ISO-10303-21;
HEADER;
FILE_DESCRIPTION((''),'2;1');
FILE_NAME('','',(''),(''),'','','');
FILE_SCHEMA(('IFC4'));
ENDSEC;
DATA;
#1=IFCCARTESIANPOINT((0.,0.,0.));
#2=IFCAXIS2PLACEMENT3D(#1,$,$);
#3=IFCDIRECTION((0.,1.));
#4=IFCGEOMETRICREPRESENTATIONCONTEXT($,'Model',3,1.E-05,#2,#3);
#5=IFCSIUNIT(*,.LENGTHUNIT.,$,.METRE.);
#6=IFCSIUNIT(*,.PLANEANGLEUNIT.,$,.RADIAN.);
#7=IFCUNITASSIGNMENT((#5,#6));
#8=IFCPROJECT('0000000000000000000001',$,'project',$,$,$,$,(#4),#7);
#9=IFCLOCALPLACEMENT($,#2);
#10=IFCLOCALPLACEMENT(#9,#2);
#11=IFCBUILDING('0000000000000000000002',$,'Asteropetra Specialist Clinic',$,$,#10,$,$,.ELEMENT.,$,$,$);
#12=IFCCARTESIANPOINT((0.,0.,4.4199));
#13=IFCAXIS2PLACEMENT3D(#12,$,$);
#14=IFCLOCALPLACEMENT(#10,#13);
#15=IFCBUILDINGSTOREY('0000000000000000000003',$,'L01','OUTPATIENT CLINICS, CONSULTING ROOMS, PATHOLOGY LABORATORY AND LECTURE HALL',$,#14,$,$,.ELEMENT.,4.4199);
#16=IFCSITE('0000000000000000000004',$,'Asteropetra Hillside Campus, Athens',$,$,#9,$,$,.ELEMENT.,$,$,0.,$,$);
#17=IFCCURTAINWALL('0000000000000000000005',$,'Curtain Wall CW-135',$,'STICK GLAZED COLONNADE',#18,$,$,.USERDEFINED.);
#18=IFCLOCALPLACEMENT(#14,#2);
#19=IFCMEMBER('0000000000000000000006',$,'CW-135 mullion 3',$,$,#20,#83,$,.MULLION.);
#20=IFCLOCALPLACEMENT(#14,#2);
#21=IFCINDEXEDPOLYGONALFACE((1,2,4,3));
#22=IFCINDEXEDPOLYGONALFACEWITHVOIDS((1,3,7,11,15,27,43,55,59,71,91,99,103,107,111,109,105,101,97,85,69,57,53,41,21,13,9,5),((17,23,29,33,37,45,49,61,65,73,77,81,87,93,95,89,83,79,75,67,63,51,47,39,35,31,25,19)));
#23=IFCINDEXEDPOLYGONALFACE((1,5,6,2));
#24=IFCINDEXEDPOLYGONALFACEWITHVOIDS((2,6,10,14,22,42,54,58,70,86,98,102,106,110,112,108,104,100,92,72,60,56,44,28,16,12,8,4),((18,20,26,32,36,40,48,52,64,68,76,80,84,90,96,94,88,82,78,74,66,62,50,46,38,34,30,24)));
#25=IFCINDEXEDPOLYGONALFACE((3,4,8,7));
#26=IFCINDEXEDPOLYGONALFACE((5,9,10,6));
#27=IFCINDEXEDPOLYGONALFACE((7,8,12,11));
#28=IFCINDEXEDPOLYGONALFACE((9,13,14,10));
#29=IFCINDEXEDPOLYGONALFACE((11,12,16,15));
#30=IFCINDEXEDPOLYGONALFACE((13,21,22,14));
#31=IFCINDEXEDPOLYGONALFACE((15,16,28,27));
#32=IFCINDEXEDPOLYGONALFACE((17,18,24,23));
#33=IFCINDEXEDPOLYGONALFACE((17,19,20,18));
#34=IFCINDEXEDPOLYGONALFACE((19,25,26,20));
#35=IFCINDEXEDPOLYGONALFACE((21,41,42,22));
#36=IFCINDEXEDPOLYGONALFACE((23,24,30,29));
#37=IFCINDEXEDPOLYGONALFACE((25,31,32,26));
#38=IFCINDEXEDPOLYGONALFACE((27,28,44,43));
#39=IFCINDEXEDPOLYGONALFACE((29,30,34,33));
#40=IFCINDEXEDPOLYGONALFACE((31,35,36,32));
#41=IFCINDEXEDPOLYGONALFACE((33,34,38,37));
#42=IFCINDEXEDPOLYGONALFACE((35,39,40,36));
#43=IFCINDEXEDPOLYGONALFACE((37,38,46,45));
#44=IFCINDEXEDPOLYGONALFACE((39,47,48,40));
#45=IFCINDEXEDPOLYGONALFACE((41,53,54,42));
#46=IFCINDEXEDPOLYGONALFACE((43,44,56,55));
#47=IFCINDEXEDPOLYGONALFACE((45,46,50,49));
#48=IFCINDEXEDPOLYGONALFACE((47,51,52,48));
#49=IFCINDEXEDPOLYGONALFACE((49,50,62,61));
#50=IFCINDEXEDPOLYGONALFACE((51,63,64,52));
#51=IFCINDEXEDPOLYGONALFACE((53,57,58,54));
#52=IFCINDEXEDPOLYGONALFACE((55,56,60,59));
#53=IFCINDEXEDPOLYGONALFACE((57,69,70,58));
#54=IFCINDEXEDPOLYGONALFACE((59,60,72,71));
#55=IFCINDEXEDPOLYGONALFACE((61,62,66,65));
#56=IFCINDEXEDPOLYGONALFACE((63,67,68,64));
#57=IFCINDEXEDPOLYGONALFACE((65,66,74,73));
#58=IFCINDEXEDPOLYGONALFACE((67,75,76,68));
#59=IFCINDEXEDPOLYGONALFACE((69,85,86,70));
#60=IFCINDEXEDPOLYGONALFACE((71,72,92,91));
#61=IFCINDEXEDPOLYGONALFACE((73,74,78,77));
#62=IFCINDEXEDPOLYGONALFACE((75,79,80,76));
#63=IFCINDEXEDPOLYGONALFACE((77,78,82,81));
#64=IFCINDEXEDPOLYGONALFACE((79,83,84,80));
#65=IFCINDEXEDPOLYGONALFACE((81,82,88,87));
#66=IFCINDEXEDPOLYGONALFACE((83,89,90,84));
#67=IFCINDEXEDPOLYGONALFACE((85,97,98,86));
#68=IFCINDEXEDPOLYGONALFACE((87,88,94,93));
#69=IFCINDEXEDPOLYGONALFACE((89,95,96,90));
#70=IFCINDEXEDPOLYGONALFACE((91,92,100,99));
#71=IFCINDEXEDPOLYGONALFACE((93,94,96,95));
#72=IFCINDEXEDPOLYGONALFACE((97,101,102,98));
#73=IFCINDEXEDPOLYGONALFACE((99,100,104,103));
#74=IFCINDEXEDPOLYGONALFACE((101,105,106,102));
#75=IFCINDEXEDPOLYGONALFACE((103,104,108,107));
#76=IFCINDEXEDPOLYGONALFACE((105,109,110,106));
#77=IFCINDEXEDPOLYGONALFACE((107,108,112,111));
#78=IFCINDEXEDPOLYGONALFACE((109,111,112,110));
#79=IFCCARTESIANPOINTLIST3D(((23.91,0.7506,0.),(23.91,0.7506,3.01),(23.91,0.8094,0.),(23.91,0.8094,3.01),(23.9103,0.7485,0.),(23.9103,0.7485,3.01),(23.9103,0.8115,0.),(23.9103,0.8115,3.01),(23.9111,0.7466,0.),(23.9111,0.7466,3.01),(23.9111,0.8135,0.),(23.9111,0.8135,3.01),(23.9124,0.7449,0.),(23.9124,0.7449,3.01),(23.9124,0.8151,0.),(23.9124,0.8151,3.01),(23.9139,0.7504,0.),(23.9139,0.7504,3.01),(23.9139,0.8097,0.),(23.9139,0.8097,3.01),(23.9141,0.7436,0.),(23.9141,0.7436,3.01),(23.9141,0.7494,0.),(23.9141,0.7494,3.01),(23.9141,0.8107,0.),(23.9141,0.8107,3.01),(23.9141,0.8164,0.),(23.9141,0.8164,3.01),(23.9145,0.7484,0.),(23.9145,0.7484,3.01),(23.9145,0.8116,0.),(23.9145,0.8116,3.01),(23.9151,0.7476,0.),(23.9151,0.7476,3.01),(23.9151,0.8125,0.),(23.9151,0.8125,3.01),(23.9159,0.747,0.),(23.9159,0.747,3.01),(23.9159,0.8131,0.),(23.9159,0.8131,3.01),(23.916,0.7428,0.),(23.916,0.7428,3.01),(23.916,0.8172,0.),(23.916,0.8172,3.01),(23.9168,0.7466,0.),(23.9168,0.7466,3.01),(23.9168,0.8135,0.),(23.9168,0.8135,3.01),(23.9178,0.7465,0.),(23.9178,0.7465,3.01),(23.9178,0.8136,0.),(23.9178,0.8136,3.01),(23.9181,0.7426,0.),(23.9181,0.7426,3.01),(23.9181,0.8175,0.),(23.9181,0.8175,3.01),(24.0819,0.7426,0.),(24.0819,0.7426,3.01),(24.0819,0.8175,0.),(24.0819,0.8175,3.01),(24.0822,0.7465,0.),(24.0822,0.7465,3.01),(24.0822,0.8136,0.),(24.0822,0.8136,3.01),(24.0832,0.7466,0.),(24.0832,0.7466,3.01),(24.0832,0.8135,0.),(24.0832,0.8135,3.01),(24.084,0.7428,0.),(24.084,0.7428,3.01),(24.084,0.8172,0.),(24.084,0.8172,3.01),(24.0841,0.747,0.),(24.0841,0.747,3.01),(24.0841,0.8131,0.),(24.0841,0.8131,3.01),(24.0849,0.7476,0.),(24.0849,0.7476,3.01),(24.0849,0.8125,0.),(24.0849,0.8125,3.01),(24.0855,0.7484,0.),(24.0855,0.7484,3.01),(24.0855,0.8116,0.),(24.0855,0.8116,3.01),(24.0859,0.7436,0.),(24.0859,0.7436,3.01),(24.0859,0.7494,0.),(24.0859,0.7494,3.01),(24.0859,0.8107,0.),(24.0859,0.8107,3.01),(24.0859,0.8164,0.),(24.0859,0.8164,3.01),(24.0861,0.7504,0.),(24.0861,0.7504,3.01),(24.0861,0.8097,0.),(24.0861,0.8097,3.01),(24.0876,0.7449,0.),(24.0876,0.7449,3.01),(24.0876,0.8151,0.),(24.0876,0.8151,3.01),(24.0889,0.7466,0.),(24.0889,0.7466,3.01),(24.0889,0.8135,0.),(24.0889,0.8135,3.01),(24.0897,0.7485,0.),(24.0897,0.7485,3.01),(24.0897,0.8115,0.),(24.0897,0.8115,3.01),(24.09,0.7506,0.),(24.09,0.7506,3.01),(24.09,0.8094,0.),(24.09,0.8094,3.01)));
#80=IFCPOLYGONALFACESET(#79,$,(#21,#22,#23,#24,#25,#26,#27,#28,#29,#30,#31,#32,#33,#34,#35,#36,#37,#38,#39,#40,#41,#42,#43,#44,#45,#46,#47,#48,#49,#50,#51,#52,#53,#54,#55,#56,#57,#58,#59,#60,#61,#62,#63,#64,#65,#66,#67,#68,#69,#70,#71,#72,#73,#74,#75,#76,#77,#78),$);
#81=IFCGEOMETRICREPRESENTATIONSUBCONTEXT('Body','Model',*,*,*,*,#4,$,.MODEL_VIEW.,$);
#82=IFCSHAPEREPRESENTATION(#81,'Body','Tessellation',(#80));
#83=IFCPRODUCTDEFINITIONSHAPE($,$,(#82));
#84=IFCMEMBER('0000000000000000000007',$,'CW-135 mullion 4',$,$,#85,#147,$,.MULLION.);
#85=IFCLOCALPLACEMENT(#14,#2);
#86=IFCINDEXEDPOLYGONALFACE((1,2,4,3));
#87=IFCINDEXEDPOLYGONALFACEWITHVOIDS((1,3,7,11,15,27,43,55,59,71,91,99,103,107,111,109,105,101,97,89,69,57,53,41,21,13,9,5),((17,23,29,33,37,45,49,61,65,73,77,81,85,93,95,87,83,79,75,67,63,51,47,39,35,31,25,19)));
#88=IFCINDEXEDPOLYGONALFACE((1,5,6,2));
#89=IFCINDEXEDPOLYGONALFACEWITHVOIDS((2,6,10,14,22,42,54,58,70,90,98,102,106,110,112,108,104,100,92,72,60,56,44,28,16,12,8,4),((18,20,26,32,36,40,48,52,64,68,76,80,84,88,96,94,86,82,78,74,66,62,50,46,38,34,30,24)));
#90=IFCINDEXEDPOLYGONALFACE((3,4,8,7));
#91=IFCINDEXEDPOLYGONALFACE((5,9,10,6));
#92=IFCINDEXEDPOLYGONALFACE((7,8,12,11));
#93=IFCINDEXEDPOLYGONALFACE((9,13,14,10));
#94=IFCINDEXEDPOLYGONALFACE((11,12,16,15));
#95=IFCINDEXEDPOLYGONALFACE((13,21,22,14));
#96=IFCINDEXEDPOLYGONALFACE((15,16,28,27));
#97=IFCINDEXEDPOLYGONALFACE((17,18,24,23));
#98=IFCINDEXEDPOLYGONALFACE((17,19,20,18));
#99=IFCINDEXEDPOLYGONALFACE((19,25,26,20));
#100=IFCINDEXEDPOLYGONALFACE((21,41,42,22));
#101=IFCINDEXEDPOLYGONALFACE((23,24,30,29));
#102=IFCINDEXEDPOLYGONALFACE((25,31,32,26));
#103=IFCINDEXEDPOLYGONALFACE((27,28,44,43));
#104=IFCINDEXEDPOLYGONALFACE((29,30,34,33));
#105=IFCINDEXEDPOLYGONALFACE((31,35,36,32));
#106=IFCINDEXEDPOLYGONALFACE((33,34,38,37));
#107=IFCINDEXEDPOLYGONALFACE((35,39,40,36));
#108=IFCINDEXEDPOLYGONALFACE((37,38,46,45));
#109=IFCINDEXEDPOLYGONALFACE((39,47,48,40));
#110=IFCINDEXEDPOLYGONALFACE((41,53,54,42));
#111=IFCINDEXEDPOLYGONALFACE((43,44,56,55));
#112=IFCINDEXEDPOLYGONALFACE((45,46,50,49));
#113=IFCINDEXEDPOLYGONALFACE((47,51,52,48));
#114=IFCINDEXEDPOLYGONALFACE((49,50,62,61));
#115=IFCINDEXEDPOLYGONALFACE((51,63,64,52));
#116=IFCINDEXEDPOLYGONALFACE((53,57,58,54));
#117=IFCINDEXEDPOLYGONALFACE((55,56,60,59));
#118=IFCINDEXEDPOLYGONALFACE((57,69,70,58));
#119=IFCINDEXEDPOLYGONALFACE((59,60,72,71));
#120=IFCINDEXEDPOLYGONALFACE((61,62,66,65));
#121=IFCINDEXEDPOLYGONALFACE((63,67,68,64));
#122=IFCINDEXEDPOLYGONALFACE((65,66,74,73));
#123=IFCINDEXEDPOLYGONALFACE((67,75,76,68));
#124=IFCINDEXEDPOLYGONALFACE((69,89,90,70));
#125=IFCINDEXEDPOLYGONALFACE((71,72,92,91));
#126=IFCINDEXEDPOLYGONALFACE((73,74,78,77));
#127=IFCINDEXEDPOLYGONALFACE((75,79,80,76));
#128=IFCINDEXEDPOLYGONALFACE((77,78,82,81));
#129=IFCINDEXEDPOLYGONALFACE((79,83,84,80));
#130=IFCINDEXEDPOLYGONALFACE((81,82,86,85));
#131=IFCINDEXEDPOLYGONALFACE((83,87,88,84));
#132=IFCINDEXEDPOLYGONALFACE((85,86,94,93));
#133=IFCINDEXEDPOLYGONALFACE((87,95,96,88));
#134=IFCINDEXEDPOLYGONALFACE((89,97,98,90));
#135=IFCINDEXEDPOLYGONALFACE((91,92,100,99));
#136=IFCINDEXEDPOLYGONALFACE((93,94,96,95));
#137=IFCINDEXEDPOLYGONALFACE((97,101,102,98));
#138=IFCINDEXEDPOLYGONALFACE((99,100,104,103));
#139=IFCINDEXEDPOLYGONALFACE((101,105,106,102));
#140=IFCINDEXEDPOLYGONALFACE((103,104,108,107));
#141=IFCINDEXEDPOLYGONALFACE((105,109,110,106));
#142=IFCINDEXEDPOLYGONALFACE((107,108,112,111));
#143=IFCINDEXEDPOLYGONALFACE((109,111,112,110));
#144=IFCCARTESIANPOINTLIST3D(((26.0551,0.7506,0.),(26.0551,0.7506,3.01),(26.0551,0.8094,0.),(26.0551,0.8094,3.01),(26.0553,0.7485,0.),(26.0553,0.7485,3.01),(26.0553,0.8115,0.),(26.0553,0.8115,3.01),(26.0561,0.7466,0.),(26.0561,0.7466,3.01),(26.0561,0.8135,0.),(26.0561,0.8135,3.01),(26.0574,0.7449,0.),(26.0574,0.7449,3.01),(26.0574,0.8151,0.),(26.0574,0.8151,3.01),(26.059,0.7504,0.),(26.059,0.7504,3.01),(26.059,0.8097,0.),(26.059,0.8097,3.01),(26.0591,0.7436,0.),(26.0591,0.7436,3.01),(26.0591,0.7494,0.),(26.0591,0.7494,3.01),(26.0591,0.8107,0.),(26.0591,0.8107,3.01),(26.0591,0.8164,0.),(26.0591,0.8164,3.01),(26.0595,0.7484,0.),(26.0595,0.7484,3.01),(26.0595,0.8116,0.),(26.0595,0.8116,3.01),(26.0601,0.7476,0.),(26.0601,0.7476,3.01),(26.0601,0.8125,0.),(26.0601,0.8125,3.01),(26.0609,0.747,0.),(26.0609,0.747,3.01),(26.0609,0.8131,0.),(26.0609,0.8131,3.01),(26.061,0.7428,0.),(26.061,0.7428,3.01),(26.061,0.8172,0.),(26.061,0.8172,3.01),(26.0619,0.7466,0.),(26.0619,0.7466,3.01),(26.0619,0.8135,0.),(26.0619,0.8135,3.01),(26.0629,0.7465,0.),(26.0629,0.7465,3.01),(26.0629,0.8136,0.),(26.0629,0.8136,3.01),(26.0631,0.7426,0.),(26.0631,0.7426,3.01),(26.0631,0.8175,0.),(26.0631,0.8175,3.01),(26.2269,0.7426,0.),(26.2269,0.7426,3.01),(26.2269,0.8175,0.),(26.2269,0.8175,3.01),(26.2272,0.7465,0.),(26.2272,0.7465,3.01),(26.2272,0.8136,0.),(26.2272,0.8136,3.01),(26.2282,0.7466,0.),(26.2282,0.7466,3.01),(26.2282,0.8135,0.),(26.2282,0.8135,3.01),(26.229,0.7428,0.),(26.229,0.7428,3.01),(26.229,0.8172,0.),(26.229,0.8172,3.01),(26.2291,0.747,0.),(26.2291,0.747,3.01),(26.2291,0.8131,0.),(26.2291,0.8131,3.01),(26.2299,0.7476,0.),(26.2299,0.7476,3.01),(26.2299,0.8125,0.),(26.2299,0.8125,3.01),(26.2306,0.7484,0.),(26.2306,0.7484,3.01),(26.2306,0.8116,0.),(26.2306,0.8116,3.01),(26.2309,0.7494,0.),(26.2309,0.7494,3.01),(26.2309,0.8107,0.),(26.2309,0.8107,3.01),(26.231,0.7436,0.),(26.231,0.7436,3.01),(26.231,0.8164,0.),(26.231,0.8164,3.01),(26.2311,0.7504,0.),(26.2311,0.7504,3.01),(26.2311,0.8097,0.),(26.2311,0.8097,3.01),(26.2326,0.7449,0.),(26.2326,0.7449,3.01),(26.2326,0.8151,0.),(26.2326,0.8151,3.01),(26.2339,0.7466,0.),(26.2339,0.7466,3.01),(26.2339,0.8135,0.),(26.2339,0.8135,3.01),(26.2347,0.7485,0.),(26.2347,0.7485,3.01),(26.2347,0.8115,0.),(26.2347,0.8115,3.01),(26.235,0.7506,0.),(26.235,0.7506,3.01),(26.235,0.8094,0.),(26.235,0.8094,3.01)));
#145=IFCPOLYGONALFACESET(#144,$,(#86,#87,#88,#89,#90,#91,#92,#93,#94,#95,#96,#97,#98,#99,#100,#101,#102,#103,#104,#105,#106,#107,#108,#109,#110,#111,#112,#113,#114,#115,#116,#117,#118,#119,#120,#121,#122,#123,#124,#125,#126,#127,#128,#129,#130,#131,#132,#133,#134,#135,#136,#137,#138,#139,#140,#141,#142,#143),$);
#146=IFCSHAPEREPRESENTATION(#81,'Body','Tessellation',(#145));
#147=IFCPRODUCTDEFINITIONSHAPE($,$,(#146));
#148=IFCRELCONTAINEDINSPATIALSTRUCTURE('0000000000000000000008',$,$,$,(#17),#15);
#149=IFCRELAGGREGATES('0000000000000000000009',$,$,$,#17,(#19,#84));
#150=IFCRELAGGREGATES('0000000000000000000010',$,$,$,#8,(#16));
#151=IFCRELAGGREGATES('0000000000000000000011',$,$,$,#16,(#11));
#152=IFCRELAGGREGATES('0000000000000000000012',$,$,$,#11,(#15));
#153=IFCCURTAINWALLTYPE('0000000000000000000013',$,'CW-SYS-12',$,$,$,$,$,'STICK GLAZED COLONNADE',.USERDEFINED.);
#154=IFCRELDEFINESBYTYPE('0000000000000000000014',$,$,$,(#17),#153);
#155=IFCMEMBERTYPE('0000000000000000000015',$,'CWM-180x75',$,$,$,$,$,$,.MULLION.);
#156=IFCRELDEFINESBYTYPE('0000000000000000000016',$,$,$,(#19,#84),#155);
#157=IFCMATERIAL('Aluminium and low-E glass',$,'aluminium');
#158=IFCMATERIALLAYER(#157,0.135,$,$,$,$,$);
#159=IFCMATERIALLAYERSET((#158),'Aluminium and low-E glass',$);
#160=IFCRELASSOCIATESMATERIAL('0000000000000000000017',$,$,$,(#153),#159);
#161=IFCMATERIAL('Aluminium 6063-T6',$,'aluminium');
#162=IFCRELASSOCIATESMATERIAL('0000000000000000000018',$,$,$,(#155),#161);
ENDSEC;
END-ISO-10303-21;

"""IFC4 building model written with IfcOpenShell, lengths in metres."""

from ifc_helpers import new_model, si_unit, direction, frame, origin, origin_2d, place, context, subcontext, project, spatial, hollow_rectangle, extrude, material, layer, layer_set, material_profile, profile_set, type_object, element, aggregate, save


model = new_model("IFC4")

# Units and contexts
model_context = context("Model", 3, precision=1e-05, world=origin(), true_north=direction((0.0, 1.0)))
body_context = subcontext(model_context, "Body", "Model", "MODEL_VIEW")
ifc_project = project(units=[si_unit("LENGTHUNIT", "METRE"), si_unit("PLANEANGLEUNIT", "RADIAN")], contexts=[model_context])

# Site, building, storey
site_placement = place(None, origin())
site = spatial("IfcSite", under=ifc_project, at=site_placement, Name="Asteropetra Hillside Campus, Athens", CompositionType="ELEMENT", RefElevation=0.0)
building_placement = place(site_placement, origin())
building = spatial("IfcBuilding", under=site, at=building_placement, Name="Asteropetra Specialist Clinic", CompositionType="ELEMENT")
storey_placement = place(building_placement, frame((0.0, 0.0, 4.4199)))
storey = spatial("IfcBuildingStorey", under=building, at=storey_placement, Name="L01", Description="OUTPATIENT CLINICS, CONSULTING ROOMS, PATHOLOGY LABORATORY AND LECTURE HALL", CompositionType="ELEMENT", Elevation=4.4199)

# Curtain wall, members
ifc_material_1 = material(Name="Aluminium and low-E glass", Category="aluminium")
ifc_layer_1 = layer(ifc_material_1, 0.135)
ifc_layer_set_1 = layer_set([ifc_layer_1], Name="Aluminium and low-E glass")
curtain_wall_type = type_object("IfcCurtainWallType", Name="CW-SYS-12", ElementType="STICK GLAZED COLONNADE", PredefinedType="USERDEFINED", material=ifc_layer_set_1)
curtain_wall_placement = place(storey_placement, origin())
curtain_wall = element("IfcCurtainWall", 1, at=curtain_wall_placement, inside=storey, type_object=curtain_wall_type, Name="Curtain Wall CW-135", ObjectType="STICK GLAZED COLONNADE", PredefinedType="USERDEFINED")
ifc_material_2 = material(Name="Aluminium 6063-T6", Category="aluminium")
ifc_material_profile_1 = material_profile(ifc_material_2, hollow_rectangle(XDim=0.075, YDim=0.1799, WallThickness=0.0039, InnerFilletRadius=0.0039, OuterFilletRadius=0.0081, at=origin_2d()), Name="MUL 180x75x4.0")
ifc_profile_set_1 = profile_set([ifc_material_profile_1], Name="Aluminium 6063-T6")
member_type_1 = type_object("IfcMemberType", Name="CWM-180x75", PredefinedType="MULLION", material=ifc_profile_set_1)
member_1_placement = place(storey_placement, frame((24.0, 0.78, 0.0), z_axis=(0.0, 0.0, 1.0), x_axis=(0.0, 1.0, 0.0)))
member_1 = element("IfcMember", 2, at=member_1_placement, type_object=member_type_1, Name="CW-135 mullion 3", PredefinedType="MULLION", context=body_context, shape_type="SweptSolid", body=[
    extrude(hollow_rectangle(XDim=0.075, YDim=0.1799, WallThickness=0.0039, InnerFilletRadius=0.0039, OuterFilletRadius=0.0081, at=origin_2d()), origin(), (0.0, 0.0, 1.0), 3.01),
])
member_2_placement = place(storey_placement, frame((26.145, 0.78, 0.0), z_axis=(0.0, 0.0, 1.0), x_axis=(0.0, 1.0, 0.0)))
member_2 = element("IfcMember", 3, at=member_2_placement, type_object=member_type_1, Name="CW-135 mullion 4", PredefinedType="MULLION", context=body_context, shape_type="SweptSolid", body=[
    extrude(hollow_rectangle(XDim=0.075, YDim=0.1799, WallThickness=0.0039, InnerFilletRadius=0.0039, OuterFilletRadius=0.0081, at=origin_2d()), origin(), (0.0, 0.0, 1.0), 3.01),
])

aggregate(curtain_wall, [member_1, member_2])

save(model, "model.ifc")
